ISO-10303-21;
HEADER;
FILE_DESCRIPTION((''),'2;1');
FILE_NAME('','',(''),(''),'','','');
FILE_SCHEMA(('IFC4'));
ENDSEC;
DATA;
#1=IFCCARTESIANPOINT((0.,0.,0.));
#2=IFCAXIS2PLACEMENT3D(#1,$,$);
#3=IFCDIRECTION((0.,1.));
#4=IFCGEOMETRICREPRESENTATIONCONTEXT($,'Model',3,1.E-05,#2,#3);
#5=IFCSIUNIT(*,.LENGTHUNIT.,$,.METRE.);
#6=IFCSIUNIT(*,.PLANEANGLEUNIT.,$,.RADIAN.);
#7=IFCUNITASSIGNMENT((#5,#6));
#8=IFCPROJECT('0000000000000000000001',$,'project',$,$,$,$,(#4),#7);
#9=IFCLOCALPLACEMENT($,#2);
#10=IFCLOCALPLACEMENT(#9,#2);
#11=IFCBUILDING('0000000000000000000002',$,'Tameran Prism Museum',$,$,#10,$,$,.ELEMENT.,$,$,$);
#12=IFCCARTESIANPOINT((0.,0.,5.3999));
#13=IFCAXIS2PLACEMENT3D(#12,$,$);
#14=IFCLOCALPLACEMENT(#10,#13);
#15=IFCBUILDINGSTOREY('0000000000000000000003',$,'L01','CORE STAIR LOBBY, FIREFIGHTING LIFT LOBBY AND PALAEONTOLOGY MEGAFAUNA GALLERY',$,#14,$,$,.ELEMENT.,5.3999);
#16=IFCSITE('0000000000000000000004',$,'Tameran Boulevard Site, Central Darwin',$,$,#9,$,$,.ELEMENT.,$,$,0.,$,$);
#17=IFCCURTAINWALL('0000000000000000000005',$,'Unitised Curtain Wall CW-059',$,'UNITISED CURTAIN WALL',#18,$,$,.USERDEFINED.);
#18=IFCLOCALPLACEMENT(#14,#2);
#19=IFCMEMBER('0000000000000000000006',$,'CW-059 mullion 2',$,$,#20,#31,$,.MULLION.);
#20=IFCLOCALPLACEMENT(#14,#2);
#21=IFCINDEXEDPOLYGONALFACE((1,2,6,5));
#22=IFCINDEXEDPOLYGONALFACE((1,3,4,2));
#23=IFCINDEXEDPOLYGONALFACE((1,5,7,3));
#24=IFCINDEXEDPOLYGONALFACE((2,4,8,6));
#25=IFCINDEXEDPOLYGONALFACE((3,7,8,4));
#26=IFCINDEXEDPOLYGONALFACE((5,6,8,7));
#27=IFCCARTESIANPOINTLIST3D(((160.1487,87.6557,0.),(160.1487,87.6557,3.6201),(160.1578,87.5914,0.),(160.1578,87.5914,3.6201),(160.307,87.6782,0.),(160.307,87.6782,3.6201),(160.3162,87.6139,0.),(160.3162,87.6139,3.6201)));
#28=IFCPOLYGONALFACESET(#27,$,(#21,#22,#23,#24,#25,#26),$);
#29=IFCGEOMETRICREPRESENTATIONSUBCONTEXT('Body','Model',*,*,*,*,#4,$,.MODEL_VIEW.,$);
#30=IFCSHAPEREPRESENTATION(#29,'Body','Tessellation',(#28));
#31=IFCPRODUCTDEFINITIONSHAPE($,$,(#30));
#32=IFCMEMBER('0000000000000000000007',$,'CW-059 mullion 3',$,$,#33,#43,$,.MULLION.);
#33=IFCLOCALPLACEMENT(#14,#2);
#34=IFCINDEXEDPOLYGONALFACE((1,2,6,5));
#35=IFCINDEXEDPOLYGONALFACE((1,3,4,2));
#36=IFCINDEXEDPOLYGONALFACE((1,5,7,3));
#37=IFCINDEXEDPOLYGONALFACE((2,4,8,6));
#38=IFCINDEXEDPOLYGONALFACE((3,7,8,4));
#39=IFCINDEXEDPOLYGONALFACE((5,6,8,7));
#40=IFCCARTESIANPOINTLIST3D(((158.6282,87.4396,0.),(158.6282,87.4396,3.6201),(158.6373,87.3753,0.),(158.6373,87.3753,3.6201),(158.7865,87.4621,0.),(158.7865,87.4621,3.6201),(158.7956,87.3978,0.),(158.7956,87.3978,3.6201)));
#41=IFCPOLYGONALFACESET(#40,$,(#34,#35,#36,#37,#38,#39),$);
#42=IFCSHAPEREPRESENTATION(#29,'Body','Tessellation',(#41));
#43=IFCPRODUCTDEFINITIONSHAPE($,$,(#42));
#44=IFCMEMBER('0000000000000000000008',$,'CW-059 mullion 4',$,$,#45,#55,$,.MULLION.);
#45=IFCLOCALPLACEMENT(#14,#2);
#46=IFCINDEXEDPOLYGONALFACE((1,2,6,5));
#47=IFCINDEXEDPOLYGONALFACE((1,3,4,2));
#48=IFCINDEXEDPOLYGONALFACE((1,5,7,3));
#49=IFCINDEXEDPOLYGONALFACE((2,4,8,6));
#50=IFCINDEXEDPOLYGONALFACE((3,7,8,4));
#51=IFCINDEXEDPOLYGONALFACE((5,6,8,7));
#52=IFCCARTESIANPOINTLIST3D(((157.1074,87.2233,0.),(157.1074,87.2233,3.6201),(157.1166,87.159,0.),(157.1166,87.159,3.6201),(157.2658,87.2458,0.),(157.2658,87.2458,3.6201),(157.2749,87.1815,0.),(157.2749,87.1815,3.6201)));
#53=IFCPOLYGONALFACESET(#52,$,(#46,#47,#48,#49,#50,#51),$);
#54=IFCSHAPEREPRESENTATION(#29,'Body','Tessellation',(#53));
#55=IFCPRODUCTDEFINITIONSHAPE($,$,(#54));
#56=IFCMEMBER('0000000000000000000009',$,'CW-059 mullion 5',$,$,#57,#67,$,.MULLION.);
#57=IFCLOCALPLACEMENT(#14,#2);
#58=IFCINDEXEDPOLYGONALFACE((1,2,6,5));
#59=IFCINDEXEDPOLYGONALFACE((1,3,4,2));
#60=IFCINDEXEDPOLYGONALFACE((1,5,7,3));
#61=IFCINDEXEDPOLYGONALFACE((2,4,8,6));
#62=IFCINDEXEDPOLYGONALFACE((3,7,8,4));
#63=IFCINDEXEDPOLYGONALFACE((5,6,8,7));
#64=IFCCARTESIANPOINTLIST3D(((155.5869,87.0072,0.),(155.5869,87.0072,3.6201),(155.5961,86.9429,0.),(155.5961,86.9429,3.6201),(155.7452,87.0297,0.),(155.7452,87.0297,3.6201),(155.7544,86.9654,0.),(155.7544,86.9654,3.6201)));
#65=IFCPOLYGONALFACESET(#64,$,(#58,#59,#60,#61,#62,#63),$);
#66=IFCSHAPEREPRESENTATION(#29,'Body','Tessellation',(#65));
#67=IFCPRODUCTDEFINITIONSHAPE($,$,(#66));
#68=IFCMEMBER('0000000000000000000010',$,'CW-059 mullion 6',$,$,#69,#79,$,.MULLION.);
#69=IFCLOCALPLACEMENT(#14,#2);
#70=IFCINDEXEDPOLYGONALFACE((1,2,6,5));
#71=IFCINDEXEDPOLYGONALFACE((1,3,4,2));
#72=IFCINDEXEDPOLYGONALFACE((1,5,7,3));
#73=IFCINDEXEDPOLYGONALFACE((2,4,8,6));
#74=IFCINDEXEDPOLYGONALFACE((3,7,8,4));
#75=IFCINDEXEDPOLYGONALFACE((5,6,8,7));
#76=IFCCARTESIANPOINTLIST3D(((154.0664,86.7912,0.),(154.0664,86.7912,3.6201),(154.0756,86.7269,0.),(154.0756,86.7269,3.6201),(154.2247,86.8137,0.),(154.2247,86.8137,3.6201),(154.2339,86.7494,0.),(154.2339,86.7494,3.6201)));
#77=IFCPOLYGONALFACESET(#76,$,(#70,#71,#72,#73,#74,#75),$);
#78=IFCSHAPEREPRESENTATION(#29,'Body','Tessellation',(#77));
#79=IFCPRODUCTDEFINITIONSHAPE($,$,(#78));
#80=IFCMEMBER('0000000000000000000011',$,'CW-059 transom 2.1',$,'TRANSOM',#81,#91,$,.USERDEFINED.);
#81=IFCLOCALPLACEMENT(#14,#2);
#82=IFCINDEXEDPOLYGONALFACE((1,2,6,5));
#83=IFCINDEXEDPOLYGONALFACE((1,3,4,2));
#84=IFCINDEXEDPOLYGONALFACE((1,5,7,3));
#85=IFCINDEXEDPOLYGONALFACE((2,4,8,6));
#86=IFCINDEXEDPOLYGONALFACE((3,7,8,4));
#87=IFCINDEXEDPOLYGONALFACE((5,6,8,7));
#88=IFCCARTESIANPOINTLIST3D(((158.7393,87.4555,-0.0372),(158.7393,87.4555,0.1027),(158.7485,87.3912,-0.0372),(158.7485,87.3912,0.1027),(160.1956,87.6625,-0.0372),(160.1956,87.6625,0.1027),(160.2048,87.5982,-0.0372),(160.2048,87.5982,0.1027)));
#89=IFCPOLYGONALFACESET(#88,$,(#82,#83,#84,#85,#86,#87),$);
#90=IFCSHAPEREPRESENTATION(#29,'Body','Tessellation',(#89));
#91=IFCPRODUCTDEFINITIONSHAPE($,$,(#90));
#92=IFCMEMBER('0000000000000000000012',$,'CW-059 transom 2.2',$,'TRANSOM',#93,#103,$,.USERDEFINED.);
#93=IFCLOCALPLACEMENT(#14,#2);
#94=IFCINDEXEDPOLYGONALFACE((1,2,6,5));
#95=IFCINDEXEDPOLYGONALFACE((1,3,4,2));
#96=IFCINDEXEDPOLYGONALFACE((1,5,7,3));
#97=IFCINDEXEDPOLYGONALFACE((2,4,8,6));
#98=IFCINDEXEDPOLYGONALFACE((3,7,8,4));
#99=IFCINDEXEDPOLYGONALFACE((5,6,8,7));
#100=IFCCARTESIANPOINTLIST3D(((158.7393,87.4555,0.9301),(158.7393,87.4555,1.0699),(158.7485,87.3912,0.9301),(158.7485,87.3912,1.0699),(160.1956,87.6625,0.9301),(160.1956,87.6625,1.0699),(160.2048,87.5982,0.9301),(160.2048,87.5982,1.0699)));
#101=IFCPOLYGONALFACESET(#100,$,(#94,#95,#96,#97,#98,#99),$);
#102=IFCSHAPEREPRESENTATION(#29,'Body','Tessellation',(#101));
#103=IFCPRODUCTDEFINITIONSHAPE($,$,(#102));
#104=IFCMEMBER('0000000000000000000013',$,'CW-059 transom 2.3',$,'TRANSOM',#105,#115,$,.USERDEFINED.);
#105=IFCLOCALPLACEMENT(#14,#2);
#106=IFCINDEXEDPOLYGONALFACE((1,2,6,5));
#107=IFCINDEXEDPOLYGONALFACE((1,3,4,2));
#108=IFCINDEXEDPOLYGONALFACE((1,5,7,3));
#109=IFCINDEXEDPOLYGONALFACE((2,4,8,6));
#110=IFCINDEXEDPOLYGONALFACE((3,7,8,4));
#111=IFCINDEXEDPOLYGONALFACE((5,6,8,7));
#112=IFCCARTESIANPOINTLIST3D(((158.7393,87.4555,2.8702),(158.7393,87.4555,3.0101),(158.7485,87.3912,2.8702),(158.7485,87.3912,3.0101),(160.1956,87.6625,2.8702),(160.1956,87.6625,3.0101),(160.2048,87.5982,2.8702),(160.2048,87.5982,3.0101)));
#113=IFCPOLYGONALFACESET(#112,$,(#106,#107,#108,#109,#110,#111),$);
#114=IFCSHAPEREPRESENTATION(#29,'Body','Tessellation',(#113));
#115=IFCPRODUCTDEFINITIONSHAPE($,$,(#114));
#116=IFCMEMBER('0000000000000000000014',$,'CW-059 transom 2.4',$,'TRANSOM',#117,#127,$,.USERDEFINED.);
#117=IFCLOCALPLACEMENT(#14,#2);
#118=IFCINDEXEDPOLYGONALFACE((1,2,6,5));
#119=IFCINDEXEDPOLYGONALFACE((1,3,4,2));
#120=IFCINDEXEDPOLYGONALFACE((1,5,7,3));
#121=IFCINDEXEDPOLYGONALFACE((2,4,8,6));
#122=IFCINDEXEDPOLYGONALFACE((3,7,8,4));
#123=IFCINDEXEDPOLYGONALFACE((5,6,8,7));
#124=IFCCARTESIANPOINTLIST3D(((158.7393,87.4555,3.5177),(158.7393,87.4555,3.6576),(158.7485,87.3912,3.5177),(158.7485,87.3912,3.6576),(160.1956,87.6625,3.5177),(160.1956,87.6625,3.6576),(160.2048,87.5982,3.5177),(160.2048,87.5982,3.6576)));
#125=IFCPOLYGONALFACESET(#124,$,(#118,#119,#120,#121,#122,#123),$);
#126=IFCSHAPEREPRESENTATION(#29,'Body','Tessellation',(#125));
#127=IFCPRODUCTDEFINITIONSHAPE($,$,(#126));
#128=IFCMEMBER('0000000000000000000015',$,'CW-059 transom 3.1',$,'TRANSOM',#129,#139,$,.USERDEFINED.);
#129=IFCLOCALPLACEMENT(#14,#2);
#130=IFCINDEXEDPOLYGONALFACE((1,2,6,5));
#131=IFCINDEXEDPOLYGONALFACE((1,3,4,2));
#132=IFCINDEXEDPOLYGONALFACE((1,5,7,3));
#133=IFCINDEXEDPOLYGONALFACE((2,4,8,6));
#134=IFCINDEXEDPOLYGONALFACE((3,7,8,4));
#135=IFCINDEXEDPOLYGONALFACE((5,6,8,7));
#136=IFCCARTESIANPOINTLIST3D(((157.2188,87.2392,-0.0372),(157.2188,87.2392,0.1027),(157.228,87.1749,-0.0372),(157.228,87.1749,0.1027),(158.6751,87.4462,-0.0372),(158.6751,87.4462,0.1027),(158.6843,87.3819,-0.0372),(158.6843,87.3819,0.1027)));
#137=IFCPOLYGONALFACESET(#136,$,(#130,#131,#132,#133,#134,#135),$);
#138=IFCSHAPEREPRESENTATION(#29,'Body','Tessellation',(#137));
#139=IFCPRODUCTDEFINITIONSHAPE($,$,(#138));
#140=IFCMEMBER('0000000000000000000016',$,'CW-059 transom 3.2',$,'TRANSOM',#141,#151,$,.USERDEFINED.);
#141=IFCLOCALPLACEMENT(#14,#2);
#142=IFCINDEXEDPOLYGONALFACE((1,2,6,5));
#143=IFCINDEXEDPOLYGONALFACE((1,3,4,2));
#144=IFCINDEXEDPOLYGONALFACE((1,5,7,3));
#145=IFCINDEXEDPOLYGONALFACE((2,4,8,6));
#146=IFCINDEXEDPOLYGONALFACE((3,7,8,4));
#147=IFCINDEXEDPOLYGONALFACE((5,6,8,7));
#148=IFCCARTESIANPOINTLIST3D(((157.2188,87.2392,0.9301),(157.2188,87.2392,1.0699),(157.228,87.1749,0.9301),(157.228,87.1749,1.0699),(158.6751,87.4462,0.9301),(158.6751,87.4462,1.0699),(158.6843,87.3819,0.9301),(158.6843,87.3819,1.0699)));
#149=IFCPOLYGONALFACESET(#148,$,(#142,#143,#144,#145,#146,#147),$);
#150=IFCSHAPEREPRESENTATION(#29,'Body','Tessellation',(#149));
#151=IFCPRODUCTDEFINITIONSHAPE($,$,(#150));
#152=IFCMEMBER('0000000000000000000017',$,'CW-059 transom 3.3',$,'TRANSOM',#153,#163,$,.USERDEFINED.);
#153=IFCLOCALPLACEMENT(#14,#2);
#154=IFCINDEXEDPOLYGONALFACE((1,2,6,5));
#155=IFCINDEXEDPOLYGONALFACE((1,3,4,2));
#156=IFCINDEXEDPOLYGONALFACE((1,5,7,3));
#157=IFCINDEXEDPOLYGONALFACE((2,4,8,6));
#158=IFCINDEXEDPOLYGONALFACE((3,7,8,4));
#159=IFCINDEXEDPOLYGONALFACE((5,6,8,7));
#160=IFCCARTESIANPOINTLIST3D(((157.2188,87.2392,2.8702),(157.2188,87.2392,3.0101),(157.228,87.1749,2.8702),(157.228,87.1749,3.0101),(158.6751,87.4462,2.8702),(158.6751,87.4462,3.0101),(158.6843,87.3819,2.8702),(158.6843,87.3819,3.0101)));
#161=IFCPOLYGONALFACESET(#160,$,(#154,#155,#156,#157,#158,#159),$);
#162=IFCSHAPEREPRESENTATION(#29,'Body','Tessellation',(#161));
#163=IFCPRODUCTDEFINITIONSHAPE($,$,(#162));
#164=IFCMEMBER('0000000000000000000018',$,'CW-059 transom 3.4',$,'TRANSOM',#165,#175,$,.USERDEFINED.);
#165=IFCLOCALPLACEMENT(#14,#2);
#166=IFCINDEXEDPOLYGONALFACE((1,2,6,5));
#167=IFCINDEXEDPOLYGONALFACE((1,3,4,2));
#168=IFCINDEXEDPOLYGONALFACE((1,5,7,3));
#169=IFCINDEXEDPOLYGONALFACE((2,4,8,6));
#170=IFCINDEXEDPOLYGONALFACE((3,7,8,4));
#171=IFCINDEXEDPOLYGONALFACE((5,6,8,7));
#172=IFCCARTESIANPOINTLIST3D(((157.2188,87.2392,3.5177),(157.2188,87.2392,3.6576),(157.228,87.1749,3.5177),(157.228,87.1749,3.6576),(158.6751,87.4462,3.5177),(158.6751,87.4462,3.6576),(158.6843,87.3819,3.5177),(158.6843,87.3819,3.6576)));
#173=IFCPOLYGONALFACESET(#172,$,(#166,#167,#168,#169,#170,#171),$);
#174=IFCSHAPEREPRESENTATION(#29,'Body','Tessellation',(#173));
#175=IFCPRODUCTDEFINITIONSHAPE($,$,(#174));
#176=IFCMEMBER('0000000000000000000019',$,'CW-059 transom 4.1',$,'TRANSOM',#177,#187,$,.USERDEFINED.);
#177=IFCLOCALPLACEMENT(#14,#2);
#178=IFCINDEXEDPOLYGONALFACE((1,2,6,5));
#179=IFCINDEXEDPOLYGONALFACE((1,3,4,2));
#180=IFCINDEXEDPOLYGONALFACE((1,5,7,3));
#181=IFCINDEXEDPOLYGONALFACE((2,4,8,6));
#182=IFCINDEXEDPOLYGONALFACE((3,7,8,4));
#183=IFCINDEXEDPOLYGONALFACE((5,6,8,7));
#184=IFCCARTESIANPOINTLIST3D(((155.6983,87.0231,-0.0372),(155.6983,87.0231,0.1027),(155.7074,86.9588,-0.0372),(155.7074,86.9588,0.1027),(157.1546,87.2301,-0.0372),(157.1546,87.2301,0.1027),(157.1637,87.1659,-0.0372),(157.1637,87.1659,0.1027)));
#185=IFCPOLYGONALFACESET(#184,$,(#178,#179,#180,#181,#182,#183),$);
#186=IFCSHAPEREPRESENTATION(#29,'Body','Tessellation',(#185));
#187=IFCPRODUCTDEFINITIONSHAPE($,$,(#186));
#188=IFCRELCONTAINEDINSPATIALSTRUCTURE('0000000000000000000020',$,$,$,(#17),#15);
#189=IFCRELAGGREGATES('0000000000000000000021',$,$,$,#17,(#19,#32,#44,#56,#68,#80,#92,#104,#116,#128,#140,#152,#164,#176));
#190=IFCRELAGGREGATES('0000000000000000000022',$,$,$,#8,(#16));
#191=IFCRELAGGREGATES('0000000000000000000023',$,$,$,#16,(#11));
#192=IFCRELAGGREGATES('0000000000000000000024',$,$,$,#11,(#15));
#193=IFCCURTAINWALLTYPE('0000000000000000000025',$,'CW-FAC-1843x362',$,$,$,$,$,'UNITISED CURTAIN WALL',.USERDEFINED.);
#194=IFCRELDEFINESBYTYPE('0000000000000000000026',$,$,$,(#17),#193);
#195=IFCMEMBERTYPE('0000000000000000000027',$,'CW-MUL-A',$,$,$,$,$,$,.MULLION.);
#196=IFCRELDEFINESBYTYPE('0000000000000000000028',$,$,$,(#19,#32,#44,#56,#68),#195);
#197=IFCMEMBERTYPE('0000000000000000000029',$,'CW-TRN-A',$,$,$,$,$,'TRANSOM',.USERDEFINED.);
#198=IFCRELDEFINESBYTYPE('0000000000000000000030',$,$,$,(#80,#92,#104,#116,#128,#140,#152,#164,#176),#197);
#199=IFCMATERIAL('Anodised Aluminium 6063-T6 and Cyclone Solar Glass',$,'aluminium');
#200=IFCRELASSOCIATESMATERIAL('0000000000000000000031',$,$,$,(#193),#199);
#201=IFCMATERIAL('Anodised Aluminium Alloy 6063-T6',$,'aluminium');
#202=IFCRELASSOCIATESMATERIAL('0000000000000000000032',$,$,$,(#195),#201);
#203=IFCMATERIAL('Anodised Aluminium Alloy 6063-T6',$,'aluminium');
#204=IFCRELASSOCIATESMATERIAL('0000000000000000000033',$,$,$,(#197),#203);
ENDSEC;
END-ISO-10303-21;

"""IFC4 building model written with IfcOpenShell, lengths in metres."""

from ifc_helpers import new_model, si_unit, direction, frame, origin, origin_2d, place, context, subcontext, project, spatial, rectangle, extrude, material, material_profile, profile_set, type_object, element, aggregate, save


model = new_model("IFC4")

# Units and contexts
model_context = context("Model", 3, precision=1e-05, world=origin(), true_north=direction((0.0, 1.0)))
body_context = subcontext(model_context, "Body", "Model", "MODEL_VIEW")
ifc_project = project(units=[si_unit("LENGTHUNIT", "METRE"), si_unit("PLANEANGLEUNIT", "RADIAN")], contexts=[model_context])

# Site, building, storey
site_placement = place(None, origin())
site = spatial("IfcSite", under=ifc_project, at=site_placement, Name="Tameran Boulevard Site, Central Darwin", CompositionType="ELEMENT", RefElevation=0.0)
building_placement = place(site_placement, origin())
building = spatial("IfcBuilding", under=site, at=building_placement, Name="Tameran Prism Museum", CompositionType="ELEMENT")
storey_placement = place(building_placement, frame((0.0, 0.0, 5.3999)))
storey = spatial("IfcBuildingStorey", under=building, at=storey_placement, Name="L01", Description="CORE STAIR LOBBY, FIREFIGHTING LIFT LOBBY AND PALAEONTOLOGY MEGAFAUNA GALLERY", CompositionType="ELEMENT", Elevation=5.3999)

# Curtain wall, members
ifc_material_1 = material(Name="Anodised Aluminium 6063-T6 and Cyclone Solar Glass", Category="aluminium")
curtain_wall_type = type_object("IfcCurtainWallType", Name="CW-FAC-1843x362", ElementType="UNITISED CURTAIN WALL", PredefinedType="USERDEFINED", material=ifc_material_1)
curtain_wall_placement = place(storey_placement, origin())
curtain_wall = element("IfcCurtainWall", 1, at=curtain_wall_placement, inside=storey, type_object=curtain_wall_type, Name="Unitised Curtain Wall CW-059", ObjectType="UNITISED CURTAIN WALL", PredefinedType="USERDEFINED")
ifc_material_2 = material(Name="Anodised Aluminium Alloy 6063-T6", Category="aluminium")
ifc_material_profile_1 = material_profile(ifc_material_2, rectangle(XDim=0.0649, YDim=0.1599, at=origin_2d()))
ifc_profile_set_1 = profile_set([ifc_material_profile_1])
member_type_1 = type_object("IfcMemberType", Name="CW-MUL-A", PredefinedType="MULLION", material=ifc_profile_set_1)
member_1_placement = place(storey_placement, frame((160.2324, 87.6348, 0.0), z_axis=(0.0, 0.0, 1.0), x_axis=(0.140745, -0.990046, 0.0)))
member_1 = element("IfcMember", 2, at=member_1_placement, type_object=member_type_1, Name="CW-059 mullion 2", PredefinedType="MULLION", context=body_context, shape_type="SweptSolid", body=[
    extrude(rectangle(XDim=0.0649, YDim=0.1599, at=origin_2d()), origin(), (0.0, 0.0, 1.0), 3.6201),
])
member_2_placement = place(storey_placement, frame((158.7119, 87.4187, 0.0), z_axis=(0.0, 0.0, 1.0), x_axis=(0.140745, -0.990046, 0.0)))
member_2 = element("IfcMember", 3, at=member_2_placement, type_object=member_type_1, Name="CW-059 mullion 3", PredefinedType="MULLION", context=body_context, shape_type="SweptSolid", body=[
    extrude(rectangle(XDim=0.0649, YDim=0.1599, at=origin_2d()), origin(), (0.0, 0.0, 1.0), 3.6201),
])
member_3_placement = place(storey_placement, frame((157.1912, 87.2024, 0.0), z_axis=(0.0, 0.0, 1.0), x_axis=(0.140745, -0.990046, 0.0)))
member_3 = element("IfcMember", 4, at=member_3_placement, type_object=member_type_1, Name="CW-059 mullion 4", PredefinedType="MULLION", context=body_context, shape_type="SweptSolid", body=[
    extrude(rectangle(XDim=0.0649, YDim=0.1599, at=origin_2d()), origin(), (0.0, 0.0, 1.0), 3.6201),
])
member_4_placement = place(storey_placement, frame((155.6707, 86.9863, 0.0), z_axis=(0.0, 0.0, 1.0), x_axis=(0.140745, -0.990046, 0.0)))
member_4 = element("IfcMember", 5, at=member_4_placement, type_object=member_type_1, Name="CW-059 mullion 5", PredefinedType="MULLION", context=body_context, shape_type="SweptSolid", body=[
    extrude(rectangle(XDim=0.0649, YDim=0.1599, at=origin_2d()), origin(), (0.0, 0.0, 1.0), 3.6201),
])
member_5_placement = place(storey_placement, frame((154.1501, 86.7703, 0.0), z_axis=(0.0, 0.0, 1.0), x_axis=(0.140745, -0.990046, 0.0)))
member_5 = element("IfcMember", 6, at=member_5_placement, type_object=member_type_1, Name="CW-059 mullion 6", PredefinedType="MULLION", context=body_context, shape_type="SweptSolid", body=[
    extrude(rectangle(XDim=0.0649, YDim=0.1599, at=origin_2d()), origin(), (0.0, 0.0, 1.0), 3.6201),
])
ifc_material_3 = material(Name="Anodised Aluminium Alloy 6063-T6", Category="aluminium")
ifc_material_profile_2 = material_profile(ifc_material_3, rectangle(XDim=0.0649, YDim=0.1399, at=origin_2d()))
ifc_profile_set_2 = profile_set([ifc_material_profile_2])
member_type_2 = type_object("IfcMemberType", Name="CW-TRN-A", ElementType="TRANSOM", PredefinedType="USERDEFINED", material=ifc_profile_set_2)
member_6_placement = place(storey_placement, frame((160.2002, 87.6304, 0.0327), z_axis=(-0.990046, -0.140747, 0.0), x_axis=(0.140747, -0.990046, 0.0)))
member_6 = element("IfcMember", 7, at=member_6_placement, type_object=member_type_2, Name="CW-059 transom 2.1", ObjectType="TRANSOM", PredefinedType="USERDEFINED", context=body_context, shape_type="SweptSolid", body=[
    extrude(rectangle(XDim=0.0649, YDim=0.1399, at=origin_2d()), origin(), (0.0, 0.0, 1.0), 1.4709),
])
member_7_placement = place(storey_placement, frame((160.2002, 87.6304, 1.0), z_axis=(-0.990046, -0.140747, 0.0), x_axis=(0.140747, -0.990046, 0.0)))
member_7 = element("IfcMember", 8, at=member_7_placement, type_object=member_type_2, Name="CW-059 transom 2.2", ObjectType="TRANSOM", PredefinedType="USERDEFINED", context=body_context, shape_type="SweptSolid", body=[
    extrude(rectangle(XDim=0.0649, YDim=0.1399, at=origin_2d()), origin(), (0.0, 0.0, 1.0), 1.4709),
])
member_8_placement = place(storey_placement, frame((160.2002, 87.6304, 2.9402), z_axis=(-0.990046, -0.140747, 0.0), x_axis=(0.140747, -0.990046, 0.0)))
member_8 = element("IfcMember", 9, at=member_8_placement, type_object=member_type_2, Name="CW-059 transom 2.3", ObjectType="TRANSOM", PredefinedType="USERDEFINED", context=body_context, shape_type="SweptSolid", body=[
    extrude(rectangle(XDim=0.0649, YDim=0.1399, at=origin_2d()), origin(), (0.0, 0.0, 1.0), 1.4709),
])
member_9_placement = place(storey_placement, frame((160.2002, 87.6304, 3.5876), z_axis=(-0.990046, -0.140747, 0.0), x_axis=(0.140747, -0.990046, 0.0)))
member_9 = element("IfcMember", 10, at=member_9_placement, type_object=member_type_2, Name="CW-059 transom 2.4", ObjectType="TRANSOM", PredefinedType="USERDEFINED", context=body_context, shape_type="SweptSolid", body=[
    extrude(rectangle(XDim=0.0649, YDim=0.1399, at=origin_2d()), origin(), (0.0, 0.0, 1.0), 1.4709),
])
member_10_placement = place(storey_placement, frame((158.6797, 87.4141, 0.0327), z_axis=(-0.990046, -0.140747, 0.0), x_axis=(0.140747, -0.990046, 0.0)))
member_10 = element("IfcMember", 11, at=member_10_placement, type_object=member_type_2, Name="CW-059 transom 3.1", ObjectType="TRANSOM", PredefinedType="USERDEFINED", context=body_context, shape_type="SweptSolid", body=[
    extrude(rectangle(XDim=0.0649, YDim=0.1399, at=origin_2d()), origin(), (0.0, 0.0, 1.0), 1.4709),
])
member_11_placement = place(storey_placement, frame((158.6797, 87.4141, 1.0), z_axis=(-0.990046, -0.140747, 0.0), x_axis=(0.140747, -0.990046, 0.0)))
member_11 = element("IfcMember", 12, at=member_11_placement, type_object=member_type_2, Name="CW-059 transom 3.2", ObjectType="TRANSOM", PredefinedType="USERDEFINED", context=body_context, shape_type="SweptSolid", body=[
    extrude(rectangle(XDim=0.0649, YDim=0.1399, at=origin_2d()), origin(), (0.0, 0.0, 1.0), 1.4709),
])
member_12_placement = place(storey_placement, frame((158.6797, 87.4141, 2.9402), z_axis=(-0.990046, -0.140747, 0.0), x_axis=(0.140747, -0.990046, 0.0)))
member_12 = element("IfcMember", 13, at=member_12_placement, type_object=member_type_2, Name="CW-059 transom 3.3", ObjectType="TRANSOM", PredefinedType="USERDEFINED", context=body_context, shape_type="SweptSolid", body=[
    extrude(rectangle(XDim=0.0649, YDim=0.1399, at=origin_2d()), origin(), (0.0, 0.0, 1.0), 1.4709),
])
member_13_placement = place(storey_placement, frame((158.6797, 87.4141, 3.5876), z_axis=(-0.990046, -0.140747, 0.0), x_axis=(0.140747, -0.990046, 0.0)))
member_13 = element("IfcMember", 14, at=member_13_placement, type_object=member_type_2, Name="CW-059 transom 3.4", ObjectType="TRANSOM", PredefinedType="USERDEFINED", context=body_context, shape_type="SweptSolid", body=[
    extrude(rectangle(XDim=0.0649, YDim=0.1399, at=origin_2d()), origin(), (0.0, 0.0, 1.0), 1.4709),
])
member_14_placement = place(storey_placement, frame((157.1592, 87.198, 0.0327), z_axis=(-0.990046, -0.140747, 0.0), x_axis=(0.140747, -0.990046, 0.0)))
member_14 = element("IfcMember", 15, at=member_14_placement, type_object=member_type_2, Name="CW-059 transom 4.1", ObjectType="TRANSOM", PredefinedType="USERDEFINED", context=body_context, shape_type="SweptSolid", body=[
    extrude(rectangle(XDim=0.0649, YDim=0.1399, at=origin_2d()), origin(), (0.0, 0.0, 1.0), 1.4709),
])
aggregate(curtain_wall, [member_1, member_2, member_3, member_4, member_5, member_6, member_7, member_8, member_9, member_10, member_11, member_12, member_13, member_14])

save(model, "model.ifc")
